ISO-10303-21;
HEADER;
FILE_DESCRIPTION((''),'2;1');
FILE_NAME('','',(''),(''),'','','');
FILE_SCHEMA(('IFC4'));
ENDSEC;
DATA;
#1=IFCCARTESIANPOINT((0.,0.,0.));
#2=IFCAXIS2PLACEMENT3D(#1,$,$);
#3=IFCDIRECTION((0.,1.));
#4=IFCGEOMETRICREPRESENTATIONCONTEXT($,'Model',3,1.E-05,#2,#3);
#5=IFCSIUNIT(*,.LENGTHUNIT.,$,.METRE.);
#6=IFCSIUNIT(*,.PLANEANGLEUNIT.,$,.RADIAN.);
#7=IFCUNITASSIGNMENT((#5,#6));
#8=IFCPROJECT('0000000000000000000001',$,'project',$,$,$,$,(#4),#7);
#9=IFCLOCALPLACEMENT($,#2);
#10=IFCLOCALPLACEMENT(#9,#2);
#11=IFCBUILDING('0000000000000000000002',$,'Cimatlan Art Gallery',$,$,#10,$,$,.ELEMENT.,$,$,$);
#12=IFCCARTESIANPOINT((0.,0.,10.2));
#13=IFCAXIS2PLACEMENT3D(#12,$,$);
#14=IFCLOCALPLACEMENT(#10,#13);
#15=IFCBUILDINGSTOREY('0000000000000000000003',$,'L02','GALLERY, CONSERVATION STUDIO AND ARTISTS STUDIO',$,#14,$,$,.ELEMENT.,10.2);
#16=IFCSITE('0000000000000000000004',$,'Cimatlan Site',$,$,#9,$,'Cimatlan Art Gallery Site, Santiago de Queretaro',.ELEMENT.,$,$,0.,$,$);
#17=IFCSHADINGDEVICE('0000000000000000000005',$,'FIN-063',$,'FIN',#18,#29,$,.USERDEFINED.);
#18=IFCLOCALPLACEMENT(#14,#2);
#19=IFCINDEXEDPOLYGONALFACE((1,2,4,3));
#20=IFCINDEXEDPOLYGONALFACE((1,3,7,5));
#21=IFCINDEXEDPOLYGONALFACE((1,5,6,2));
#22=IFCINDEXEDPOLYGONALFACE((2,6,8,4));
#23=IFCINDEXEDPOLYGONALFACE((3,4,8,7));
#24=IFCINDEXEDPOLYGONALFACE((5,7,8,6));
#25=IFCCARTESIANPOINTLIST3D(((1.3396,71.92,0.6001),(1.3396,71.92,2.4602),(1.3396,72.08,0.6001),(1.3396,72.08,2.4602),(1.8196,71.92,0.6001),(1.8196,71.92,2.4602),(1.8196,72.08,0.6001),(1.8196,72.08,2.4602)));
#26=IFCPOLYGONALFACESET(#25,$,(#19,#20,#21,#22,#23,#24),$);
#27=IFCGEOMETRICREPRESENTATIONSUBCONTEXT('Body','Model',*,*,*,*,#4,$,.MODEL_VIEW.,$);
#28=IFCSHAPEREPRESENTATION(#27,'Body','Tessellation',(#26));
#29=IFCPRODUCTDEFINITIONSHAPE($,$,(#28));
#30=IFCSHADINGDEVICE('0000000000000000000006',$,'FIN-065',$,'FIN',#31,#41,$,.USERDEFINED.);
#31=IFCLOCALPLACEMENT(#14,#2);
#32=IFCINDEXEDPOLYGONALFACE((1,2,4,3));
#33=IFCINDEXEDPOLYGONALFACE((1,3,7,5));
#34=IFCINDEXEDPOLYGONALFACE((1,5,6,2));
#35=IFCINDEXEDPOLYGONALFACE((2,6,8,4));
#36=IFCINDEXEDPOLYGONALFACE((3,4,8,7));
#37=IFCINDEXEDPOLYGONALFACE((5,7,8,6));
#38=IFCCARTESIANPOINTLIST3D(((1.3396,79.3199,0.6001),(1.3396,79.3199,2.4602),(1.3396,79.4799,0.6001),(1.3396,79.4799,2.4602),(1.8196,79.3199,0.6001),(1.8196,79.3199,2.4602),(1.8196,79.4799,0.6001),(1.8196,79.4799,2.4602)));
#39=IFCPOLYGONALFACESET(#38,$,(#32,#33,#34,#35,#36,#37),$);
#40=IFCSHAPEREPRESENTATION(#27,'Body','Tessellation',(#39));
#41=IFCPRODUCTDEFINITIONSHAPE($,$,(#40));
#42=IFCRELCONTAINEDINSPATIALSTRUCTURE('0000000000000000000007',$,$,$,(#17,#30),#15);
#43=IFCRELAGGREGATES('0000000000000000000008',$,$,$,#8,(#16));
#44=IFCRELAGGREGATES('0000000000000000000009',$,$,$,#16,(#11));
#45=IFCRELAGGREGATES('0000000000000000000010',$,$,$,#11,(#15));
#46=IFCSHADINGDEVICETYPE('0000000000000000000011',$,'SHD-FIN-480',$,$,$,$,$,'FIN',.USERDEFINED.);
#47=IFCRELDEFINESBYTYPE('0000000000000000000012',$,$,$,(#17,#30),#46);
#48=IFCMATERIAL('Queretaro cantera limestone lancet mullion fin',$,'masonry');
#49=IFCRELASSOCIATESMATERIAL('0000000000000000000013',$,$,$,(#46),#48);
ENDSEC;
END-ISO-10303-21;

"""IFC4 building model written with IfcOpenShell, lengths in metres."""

from ifc_helpers import new_model, si_unit, direction, frame, origin, origin_2d, place, context, subcontext, project, spatial, rectangle, extrude, material, type_object, element, save


model = new_model("IFC4")

# Units and contexts
model_context = context("Model", 3, precision=1e-05, world=origin(), true_north=direction((0.0, 1.0)))
body_context = subcontext(model_context, "Body", "Model", "MODEL_VIEW")
ifc_project = project(units=[si_unit("LENGTHUNIT", "METRE"), si_unit("PLANEANGLEUNIT", "RADIAN")], contexts=[model_context])

# Site, building, storey
site_placement = place(None, origin())
site = spatial("IfcSite", under=ifc_project, at=site_placement, Name="Cimatlan Site", LongName="Cimatlan Art Gallery Site, Santiago de Queretaro", CompositionType="ELEMENT", RefElevation=0.0)
building_placement = place(site_placement, origin())
building = spatial("IfcBuilding", under=site, at=building_placement, Name="Cimatlan Art Gallery", CompositionType="ELEMENT")
storey_placement = place(building_placement, frame((0.0, 0.0, 10.2)))
storey = spatial("IfcBuildingStorey", under=building, at=storey_placement, Name="L02", Description="GALLERY, CONSERVATION STUDIO AND ARTISTS STUDIO", CompositionType="ELEMENT", Elevation=10.2)

# Shading devices
ifc_material_1 = material(Name="Queretaro cantera limestone lancet mullion fin", Category="masonry")
shading_device_type_1 = type_object("IfcShadingDeviceType", Name="SHD-FIN-480", ElementType="FIN", PredefinedType="USERDEFINED", material=ifc_material_1)
for number, where, z_axis, x_axis, name in (
    (1, (1.5796, 72.0, 0.6001), (0.0, 0.0, 1.0), (0.0, 1.0, 0.0), "FIN-063"),
    (2, (1.5796, 79.3999, 0.6001), (0.0, 0.0, 1.0), (0.0, 1.0, 0.0), "FIN-065"),
):
    element("IfcShadingDevice", number, at=place(storey_placement, frame(where, z_axis=z_axis, x_axis=x_axis)), inside=storey, type_object=shading_device_type_1, Name=name, ObjectType="FIN", PredefinedType="USERDEFINED", context=body_context, shape_type="SweptSolid", body=[
        extrude(rectangle(XDim=0.1599, YDim=0.48, at=origin_2d()), origin(), (0.0, 0.0, 1.0), 1.8601),
    ])

save(model, "model.ifc")
